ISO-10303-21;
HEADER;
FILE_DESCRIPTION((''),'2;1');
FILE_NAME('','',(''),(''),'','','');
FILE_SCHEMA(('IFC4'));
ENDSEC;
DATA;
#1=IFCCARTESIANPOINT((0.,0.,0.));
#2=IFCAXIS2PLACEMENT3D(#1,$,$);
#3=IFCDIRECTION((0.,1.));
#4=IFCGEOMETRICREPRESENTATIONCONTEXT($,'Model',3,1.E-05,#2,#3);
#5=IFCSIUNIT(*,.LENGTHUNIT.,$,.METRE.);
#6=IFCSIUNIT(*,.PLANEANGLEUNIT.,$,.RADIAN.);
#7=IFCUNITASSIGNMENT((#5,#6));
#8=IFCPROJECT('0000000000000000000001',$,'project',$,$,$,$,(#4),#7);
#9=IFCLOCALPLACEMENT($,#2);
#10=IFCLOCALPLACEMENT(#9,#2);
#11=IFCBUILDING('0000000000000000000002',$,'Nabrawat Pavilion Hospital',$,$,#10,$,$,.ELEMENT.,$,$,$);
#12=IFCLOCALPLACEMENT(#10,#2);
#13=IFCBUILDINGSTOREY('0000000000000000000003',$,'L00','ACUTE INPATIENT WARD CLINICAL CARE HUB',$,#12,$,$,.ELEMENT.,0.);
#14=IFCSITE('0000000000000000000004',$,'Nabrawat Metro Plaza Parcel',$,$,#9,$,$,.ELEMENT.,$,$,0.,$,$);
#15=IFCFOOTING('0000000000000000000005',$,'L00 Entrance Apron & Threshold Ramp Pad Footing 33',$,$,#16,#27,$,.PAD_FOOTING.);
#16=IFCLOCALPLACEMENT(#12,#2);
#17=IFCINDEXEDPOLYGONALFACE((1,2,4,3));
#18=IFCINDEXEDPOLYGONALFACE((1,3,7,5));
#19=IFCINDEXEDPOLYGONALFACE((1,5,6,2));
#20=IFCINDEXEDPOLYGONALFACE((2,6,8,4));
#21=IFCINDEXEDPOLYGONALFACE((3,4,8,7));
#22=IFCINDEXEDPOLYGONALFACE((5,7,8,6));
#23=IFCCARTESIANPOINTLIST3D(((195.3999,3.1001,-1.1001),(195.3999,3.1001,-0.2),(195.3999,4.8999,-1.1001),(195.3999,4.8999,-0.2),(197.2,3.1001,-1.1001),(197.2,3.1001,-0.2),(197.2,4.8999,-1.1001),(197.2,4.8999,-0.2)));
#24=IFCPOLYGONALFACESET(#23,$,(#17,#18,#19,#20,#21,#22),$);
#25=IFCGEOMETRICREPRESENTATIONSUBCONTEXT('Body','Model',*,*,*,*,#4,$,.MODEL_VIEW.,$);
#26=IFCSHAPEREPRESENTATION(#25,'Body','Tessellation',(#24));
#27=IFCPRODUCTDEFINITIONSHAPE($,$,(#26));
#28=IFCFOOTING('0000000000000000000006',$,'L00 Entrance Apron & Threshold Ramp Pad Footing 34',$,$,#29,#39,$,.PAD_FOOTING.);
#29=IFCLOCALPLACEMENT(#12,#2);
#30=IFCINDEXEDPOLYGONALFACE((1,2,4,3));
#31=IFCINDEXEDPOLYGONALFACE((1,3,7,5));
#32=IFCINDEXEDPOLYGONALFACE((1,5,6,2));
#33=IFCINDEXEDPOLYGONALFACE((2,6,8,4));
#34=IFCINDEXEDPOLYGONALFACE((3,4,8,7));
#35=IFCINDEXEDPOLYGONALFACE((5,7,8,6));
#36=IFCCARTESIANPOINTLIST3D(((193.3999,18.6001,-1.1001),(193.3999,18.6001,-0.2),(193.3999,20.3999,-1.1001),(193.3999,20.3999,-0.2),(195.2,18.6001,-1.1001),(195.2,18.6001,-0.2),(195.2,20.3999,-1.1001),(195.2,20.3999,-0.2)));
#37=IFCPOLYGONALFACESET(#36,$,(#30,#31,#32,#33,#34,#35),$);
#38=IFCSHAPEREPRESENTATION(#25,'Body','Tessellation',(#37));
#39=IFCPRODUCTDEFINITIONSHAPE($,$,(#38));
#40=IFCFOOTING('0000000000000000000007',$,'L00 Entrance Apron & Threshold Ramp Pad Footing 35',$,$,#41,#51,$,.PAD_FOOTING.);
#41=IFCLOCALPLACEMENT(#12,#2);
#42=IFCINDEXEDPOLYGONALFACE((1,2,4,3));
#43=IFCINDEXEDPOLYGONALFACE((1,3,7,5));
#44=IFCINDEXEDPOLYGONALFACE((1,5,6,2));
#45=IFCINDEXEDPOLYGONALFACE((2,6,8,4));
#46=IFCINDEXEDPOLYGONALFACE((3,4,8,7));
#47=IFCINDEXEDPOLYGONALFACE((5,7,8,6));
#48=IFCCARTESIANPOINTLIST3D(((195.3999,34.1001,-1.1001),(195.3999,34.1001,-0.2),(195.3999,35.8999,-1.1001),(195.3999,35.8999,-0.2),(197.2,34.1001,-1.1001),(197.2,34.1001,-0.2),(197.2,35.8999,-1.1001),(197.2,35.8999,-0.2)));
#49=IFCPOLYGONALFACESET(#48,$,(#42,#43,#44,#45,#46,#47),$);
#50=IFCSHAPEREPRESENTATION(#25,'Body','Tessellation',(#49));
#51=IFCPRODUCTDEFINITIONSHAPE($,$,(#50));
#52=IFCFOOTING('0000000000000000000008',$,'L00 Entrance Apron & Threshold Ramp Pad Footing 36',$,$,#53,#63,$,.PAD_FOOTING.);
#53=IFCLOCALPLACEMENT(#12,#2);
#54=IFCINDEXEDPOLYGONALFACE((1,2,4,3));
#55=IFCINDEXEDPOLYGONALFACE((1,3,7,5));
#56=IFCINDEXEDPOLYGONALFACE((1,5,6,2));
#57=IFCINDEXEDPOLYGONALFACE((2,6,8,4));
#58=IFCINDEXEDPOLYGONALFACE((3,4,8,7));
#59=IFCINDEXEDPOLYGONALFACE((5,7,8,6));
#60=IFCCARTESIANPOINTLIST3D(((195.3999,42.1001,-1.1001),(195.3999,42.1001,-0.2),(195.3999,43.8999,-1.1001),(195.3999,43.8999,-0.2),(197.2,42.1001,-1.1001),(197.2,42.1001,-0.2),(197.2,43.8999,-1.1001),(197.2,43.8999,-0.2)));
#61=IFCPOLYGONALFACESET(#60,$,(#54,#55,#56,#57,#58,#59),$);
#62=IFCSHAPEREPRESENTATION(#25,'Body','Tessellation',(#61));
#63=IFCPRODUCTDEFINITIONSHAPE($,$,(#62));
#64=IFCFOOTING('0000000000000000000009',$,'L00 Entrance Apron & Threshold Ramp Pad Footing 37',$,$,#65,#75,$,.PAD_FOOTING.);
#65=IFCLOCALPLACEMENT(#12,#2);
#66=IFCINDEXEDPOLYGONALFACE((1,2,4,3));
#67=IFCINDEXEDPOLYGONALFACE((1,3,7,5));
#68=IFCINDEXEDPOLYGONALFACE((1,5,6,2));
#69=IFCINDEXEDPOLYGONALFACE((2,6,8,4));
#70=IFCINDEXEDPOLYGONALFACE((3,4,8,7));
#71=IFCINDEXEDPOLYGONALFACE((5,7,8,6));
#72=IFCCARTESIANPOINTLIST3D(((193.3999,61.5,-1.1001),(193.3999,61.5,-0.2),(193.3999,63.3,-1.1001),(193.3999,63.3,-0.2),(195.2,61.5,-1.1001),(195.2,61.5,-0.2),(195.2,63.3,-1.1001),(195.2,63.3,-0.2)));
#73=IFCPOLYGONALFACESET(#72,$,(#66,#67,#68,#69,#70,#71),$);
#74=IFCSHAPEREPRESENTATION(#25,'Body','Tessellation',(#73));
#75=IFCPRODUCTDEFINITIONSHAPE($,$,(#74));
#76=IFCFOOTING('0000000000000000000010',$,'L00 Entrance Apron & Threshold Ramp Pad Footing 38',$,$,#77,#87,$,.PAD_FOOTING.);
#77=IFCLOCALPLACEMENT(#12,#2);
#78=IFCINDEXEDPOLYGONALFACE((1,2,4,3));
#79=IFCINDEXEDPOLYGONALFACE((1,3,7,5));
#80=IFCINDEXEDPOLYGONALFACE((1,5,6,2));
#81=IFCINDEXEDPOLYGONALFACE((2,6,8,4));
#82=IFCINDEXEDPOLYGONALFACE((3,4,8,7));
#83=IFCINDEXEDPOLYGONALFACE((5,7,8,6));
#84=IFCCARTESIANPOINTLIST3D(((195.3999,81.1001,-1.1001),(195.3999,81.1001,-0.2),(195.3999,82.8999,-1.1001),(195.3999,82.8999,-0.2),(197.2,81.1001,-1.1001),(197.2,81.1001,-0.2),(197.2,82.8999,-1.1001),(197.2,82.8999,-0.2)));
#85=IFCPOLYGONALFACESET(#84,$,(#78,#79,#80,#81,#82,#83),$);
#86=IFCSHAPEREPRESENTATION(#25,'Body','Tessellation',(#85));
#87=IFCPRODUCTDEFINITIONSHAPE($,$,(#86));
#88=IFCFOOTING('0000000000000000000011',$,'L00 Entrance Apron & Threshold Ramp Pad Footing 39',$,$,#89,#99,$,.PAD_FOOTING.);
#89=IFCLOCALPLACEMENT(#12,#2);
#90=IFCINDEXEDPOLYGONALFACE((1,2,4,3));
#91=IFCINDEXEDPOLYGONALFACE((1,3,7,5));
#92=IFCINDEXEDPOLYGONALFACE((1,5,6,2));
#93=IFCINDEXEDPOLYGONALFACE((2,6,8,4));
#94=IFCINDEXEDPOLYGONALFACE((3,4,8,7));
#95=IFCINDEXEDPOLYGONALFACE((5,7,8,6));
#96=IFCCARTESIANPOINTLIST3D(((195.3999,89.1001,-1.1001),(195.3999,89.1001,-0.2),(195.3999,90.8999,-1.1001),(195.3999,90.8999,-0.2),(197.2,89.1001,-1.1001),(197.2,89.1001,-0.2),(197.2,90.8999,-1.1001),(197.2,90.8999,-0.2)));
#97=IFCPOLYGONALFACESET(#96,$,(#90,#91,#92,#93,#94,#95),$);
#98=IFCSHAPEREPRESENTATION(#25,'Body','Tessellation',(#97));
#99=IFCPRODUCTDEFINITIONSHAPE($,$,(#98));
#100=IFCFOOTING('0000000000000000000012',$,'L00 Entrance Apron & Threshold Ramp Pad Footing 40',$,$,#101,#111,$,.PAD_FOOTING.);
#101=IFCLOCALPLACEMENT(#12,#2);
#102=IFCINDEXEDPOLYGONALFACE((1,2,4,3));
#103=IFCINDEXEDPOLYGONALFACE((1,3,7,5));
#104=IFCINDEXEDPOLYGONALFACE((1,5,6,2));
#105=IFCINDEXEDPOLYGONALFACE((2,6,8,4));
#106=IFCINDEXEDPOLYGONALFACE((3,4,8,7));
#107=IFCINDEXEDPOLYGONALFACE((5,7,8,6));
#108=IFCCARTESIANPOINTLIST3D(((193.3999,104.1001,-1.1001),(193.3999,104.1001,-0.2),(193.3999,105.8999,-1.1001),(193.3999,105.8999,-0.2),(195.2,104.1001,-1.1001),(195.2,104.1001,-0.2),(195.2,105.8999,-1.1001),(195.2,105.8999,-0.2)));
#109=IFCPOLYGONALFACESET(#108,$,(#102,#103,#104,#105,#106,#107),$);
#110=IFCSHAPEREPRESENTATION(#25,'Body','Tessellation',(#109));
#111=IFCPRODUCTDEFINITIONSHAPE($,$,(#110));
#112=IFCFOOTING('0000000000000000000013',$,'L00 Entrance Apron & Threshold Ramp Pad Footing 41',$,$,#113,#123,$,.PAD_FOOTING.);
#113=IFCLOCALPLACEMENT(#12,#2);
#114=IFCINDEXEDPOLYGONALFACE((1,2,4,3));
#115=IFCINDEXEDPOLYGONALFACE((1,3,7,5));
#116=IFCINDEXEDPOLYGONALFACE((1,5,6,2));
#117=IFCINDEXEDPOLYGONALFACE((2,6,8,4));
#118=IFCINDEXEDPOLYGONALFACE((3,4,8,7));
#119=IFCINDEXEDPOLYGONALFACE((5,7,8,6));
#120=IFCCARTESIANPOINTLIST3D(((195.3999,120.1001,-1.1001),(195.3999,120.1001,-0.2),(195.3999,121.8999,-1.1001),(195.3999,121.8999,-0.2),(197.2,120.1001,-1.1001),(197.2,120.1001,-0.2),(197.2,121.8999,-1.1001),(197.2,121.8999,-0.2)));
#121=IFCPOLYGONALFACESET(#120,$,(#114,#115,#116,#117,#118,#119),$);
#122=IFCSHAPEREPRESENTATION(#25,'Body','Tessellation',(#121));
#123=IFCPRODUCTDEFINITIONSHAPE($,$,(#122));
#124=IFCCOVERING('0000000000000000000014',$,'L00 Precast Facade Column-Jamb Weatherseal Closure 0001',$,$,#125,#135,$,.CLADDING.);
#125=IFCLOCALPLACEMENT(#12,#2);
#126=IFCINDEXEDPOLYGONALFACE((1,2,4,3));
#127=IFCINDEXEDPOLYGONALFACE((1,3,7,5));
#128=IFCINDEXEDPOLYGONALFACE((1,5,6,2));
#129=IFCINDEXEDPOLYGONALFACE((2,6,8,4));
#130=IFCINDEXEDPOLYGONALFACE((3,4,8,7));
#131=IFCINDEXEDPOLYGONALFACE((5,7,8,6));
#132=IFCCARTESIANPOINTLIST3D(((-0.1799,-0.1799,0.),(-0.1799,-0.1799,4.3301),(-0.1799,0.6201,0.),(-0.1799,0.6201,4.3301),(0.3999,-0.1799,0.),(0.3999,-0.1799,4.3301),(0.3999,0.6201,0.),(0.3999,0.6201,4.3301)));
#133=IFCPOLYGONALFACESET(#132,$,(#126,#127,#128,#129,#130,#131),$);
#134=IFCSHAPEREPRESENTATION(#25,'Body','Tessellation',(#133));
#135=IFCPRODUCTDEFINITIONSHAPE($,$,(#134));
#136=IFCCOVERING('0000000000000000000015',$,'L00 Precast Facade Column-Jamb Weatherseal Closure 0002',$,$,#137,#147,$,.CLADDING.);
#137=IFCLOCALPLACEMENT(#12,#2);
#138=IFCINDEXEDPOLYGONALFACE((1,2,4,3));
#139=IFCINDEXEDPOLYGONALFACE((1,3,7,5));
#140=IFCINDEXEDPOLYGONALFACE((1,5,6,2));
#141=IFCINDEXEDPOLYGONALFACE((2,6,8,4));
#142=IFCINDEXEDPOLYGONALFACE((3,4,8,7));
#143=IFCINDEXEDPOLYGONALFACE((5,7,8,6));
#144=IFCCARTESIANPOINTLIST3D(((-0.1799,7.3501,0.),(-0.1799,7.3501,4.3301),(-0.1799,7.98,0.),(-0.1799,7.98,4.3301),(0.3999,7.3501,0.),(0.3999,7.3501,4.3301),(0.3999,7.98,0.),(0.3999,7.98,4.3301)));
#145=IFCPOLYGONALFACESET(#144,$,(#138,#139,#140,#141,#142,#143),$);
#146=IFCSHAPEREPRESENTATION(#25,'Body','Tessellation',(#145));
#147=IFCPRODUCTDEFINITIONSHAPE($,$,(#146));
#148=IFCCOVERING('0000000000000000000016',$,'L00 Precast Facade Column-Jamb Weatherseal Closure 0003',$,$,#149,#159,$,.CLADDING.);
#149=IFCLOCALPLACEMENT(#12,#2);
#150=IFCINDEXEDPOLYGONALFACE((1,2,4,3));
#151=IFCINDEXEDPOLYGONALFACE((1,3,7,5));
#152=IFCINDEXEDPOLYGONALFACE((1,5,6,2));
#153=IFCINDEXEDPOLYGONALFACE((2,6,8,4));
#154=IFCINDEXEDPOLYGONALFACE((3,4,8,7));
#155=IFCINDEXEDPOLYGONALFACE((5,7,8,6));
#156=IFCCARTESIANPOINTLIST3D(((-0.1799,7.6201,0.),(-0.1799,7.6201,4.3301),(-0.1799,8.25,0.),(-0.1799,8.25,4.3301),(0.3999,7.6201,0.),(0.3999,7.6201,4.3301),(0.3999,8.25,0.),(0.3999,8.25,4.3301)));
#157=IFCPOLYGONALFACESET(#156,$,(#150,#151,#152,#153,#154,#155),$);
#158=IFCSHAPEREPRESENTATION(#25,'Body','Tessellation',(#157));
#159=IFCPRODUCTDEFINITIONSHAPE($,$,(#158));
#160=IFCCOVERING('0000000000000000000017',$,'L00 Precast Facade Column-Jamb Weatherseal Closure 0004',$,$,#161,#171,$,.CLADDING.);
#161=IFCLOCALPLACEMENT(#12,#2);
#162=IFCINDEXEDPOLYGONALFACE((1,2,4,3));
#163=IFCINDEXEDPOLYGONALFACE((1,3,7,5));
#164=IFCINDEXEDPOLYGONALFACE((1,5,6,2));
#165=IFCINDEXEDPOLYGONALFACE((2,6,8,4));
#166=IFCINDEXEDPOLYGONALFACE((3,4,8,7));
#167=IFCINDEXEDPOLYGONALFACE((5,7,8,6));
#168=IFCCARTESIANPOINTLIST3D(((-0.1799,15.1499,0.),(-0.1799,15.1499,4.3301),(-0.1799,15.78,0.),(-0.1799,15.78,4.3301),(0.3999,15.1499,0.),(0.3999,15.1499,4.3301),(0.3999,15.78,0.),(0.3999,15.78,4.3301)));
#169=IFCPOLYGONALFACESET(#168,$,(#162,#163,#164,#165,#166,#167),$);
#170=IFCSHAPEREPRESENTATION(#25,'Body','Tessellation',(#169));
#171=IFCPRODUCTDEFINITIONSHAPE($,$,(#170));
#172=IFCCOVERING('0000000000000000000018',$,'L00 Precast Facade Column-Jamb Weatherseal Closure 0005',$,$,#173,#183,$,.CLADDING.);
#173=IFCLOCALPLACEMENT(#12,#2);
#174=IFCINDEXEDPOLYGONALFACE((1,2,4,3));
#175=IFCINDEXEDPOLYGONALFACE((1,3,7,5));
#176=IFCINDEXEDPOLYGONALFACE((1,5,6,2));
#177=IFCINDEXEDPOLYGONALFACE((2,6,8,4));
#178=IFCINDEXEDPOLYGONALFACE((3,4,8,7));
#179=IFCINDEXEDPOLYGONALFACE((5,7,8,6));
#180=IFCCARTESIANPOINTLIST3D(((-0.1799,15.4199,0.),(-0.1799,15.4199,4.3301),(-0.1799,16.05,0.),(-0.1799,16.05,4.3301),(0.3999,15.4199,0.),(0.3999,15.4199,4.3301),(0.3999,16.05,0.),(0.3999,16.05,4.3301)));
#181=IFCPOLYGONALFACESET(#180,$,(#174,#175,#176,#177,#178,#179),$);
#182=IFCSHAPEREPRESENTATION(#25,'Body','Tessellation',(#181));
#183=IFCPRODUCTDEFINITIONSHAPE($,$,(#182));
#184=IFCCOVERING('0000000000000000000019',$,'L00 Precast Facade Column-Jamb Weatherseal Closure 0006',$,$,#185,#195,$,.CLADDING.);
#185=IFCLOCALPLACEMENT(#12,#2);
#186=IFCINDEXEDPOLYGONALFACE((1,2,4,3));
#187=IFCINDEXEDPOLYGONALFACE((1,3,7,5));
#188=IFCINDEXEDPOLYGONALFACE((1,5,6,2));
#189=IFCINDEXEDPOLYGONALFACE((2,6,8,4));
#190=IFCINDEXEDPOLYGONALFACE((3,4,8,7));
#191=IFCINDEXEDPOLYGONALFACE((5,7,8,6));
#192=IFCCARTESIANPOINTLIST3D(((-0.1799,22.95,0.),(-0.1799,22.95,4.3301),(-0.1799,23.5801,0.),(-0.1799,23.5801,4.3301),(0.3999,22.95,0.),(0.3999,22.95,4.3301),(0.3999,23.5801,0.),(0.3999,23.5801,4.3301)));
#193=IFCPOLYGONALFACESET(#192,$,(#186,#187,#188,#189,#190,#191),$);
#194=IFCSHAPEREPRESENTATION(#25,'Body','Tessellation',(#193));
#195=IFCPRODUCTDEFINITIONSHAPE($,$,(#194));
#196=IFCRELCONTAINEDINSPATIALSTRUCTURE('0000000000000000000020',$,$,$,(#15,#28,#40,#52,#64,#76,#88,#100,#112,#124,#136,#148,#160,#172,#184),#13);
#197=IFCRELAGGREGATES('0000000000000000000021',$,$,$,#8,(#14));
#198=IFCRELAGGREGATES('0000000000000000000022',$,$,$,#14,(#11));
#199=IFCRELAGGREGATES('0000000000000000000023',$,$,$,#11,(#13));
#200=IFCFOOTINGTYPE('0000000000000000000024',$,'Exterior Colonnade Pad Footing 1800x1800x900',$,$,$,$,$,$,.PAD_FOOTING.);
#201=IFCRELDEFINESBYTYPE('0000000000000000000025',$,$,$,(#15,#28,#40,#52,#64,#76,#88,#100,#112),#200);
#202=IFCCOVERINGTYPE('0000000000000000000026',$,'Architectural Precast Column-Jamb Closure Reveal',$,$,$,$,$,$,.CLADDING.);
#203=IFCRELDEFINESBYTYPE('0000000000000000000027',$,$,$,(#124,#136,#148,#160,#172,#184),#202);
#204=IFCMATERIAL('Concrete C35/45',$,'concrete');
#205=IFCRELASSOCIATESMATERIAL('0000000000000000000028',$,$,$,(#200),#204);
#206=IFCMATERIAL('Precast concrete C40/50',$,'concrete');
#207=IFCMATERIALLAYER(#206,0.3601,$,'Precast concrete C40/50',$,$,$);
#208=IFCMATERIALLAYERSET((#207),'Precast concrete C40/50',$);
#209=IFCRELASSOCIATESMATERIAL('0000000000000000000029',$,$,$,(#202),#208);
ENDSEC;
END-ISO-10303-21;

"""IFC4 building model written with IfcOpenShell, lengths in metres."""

from ifc_helpers import new_model, si_unit, direction, frame, origin, place, context, subcontext, project, spatial, polyline, outline, extrude, material, layer, layer_set, type_object, element, save


model = new_model("IFC4")

# Units and contexts
model_context = context("Model", 3, precision=1e-05, world=origin(), true_north=direction((0.0, 1.0)))
body_context = subcontext(model_context, "Body", "Model", "MODEL_VIEW")
ifc_project = project(units=[si_unit("LENGTHUNIT", "METRE"), si_unit("PLANEANGLEUNIT", "RADIAN")], contexts=[model_context])

# Site, building, storey
site_placement = place(None, origin())
site = spatial("IfcSite", under=ifc_project, at=site_placement, Name="Nabrawat Metro Plaza Parcel", CompositionType="ELEMENT", RefElevation=0.0)
building_placement = place(site_placement, origin())
building = spatial("IfcBuilding", under=site, at=building_placement, Name="Nabrawat Pavilion Hospital", CompositionType="ELEMENT")
storey_placement = place(building_placement, origin())
storey = spatial("IfcBuildingStorey", under=building, at=storey_placement, Name="L00", Description="ACUTE INPATIENT WARD CLINICAL CARE HUB", CompositionType="ELEMENT", Elevation=0.0)

# Footings
ifc_material_1 = material(Name="Concrete C35/45", Category="concrete")
footing_type = type_object("IfcFootingType", Name="Exterior Colonnade Pad Footing 1800x1800x900", PredefinedType="PAD_FOOTING", material=ifc_material_1)
footing_1_placement = place(storey_placement, frame((0.0, 0.0, -1.1001)))
element("IfcFooting", 1, at=footing_1_placement, inside=storey, type_object=footing_type, Name="L00 Entrance Apron & Threshold Ramp Pad Footing 33", PredefinedType="PAD_FOOTING", context=body_context, shape_type="SweptSolid", body=[
    extrude(outline(polyline([(197.2, 3.1001), (197.2, 4.8999), (195.3999, 4.8999), (195.3999, 3.1001), (197.2, 3.1001)])), origin(), (0.0, 0.0, 1.0), 0.9001),
])
footing_2_placement = place(storey_placement, frame((0.0, 0.0, -1.1001)))
element("IfcFooting", 2, at=footing_2_placement, inside=storey, type_object=footing_type, Name="L00 Entrance Apron & Threshold Ramp Pad Footing 34", PredefinedType="PAD_FOOTING", context=body_context, shape_type="SweptSolid", body=[
    extrude(outline(polyline([(195.2, 18.6001), (195.2, 20.3999), (193.3999, 20.3999), (193.3999, 18.6001), (195.2, 18.6001)])), origin(), (0.0, 0.0, 1.0), 0.9001),
])
footing_3_placement = place(storey_placement, frame((0.0, 0.0, -1.1001)))
element("IfcFooting", 3, at=footing_3_placement, inside=storey, type_object=footing_type, Name="L00 Entrance Apron & Threshold Ramp Pad Footing 35", PredefinedType="PAD_FOOTING", context=body_context, shape_type="SweptSolid", body=[
    extrude(outline(polyline([(197.2, 34.1001), (197.2, 35.8999), (195.3999, 35.8999), (195.3999, 34.1001), (197.2, 34.1001)])), origin(), (0.0, 0.0, 1.0), 0.9001),
])
footing_4_placement = place(storey_placement, frame((0.0, 0.0, -1.1001)))
element("IfcFooting", 4, at=footing_4_placement, inside=storey, type_object=footing_type, Name="L00 Entrance Apron & Threshold Ramp Pad Footing 36", PredefinedType="PAD_FOOTING", context=body_context, shape_type="SweptSolid", body=[
    extrude(outline(polyline([(197.2, 42.1001), (197.2, 43.8999), (195.3999, 43.8999), (195.3999, 42.1001), (197.2, 42.1001)])), origin(), (0.0, 0.0, 1.0), 0.9001),
])
footing_5_placement = place(storey_placement, frame((0.0, 0.0, -1.1001)))
element("IfcFooting", 5, at=footing_5_placement, inside=storey, type_object=footing_type, Name="L00 Entrance Apron & Threshold Ramp Pad Footing 37", PredefinedType="PAD_FOOTING", context=body_context, shape_type="SweptSolid", body=[
    extrude(outline(polyline([(195.2, 61.5), (195.2, 63.3), (193.3999, 63.3), (193.3999, 61.5), (195.2, 61.5)])), origin(), (0.0, 0.0, 1.0), 0.9001),
])
footing_6_placement = place(storey_placement, frame((0.0, 0.0, -1.1001)))
element("IfcFooting", 6, at=footing_6_placement, inside=storey, type_object=footing_type, Name="L00 Entrance Apron & Threshold Ramp Pad Footing 38", PredefinedType="PAD_FOOTING", context=body_context, shape_type="SweptSolid", body=[
    extrude(outline(polyline([(197.2, 81.1001), (197.2, 82.8999), (195.3999, 82.8999), (195.3999, 81.1001), (197.2, 81.1001)])), origin(), (0.0, 0.0, 1.0), 0.9001),
])
footing_7_placement = place(storey_placement, frame((0.0, 0.0, -1.1001)))
element("IfcFooting", 7, at=footing_7_placement, inside=storey, type_object=footing_type, Name="L00 Entrance Apron & Threshold Ramp Pad Footing 39", PredefinedType="PAD_FOOTING", context=body_context, shape_type="SweptSolid", body=[
    extrude(outline(polyline([(197.2, 89.1001), (197.2, 90.8999), (195.3999, 90.8999), (195.3999, 89.1001), (197.2, 89.1001)])), origin(), (0.0, 0.0, 1.0), 0.9001),
])
footing_8_placement = place(storey_placement, frame((0.0, 0.0, -1.1001)))
element("IfcFooting", 8, at=footing_8_placement, inside=storey, type_object=footing_type, Name="L00 Entrance Apron & Threshold Ramp Pad Footing 40", PredefinedType="PAD_FOOTING", context=body_context, shape_type="SweptSolid", body=[
    extrude(outline(polyline([(195.2, 104.1001), (195.2, 105.8999), (193.3999, 105.8999), (193.3999, 104.1001), (195.2, 104.1001)])), origin(), (0.0, 0.0, 1.0), 0.9001),
])
footing_9_placement = place(storey_placement, frame((0.0, 0.0, -1.1001)))
element("IfcFooting", 9, at=footing_9_placement, inside=storey, type_object=footing_type, Name="L00 Entrance Apron & Threshold Ramp Pad Footing 41", PredefinedType="PAD_FOOTING", context=body_context, shape_type="SweptSolid", body=[
    extrude(outline(polyline([(197.2, 120.1001), (197.2, 121.8999), (195.3999, 121.8999), (195.3999, 120.1001), (197.2, 120.1001)])), origin(), (0.0, 0.0, 1.0), 0.9001),
])

# Coverings
ifc_material_2 = material(Name="Precast concrete C40/50", Category="concrete")
ifc_layer = layer(ifc_material_2, 0.3601, Name="Precast concrete C40/50")
ifc_layer_set = layer_set([ifc_layer], Name="Precast concrete C40/50")
covering_type = type_object("IfcCoveringType", Name="Architectural Precast Column-Jamb Closure Reveal", PredefinedType="CLADDING", material=ifc_layer_set)
covering_1_placement = place(storey_placement, origin())
element("IfcCovering", 10, at=covering_1_placement, inside=storey, type_object=covering_type, Name="L00 Precast Facade Column-Jamb Weatherseal Closure 0001", PredefinedType="CLADDING", context=body_context, shape_type="SweptSolid", body=[
    extrude(outline(polyline([(0.3999, -0.1799), (0.3999, 0.6201), (-0.1799, 0.6201), (-0.1799, -0.1799), (0.3999, -0.1799)])), origin(), (0.0, 0.0, 1.0), 4.3301),
])
covering_2_placement = place(storey_placement, origin())
element("IfcCovering", 11, at=covering_2_placement, inside=storey, type_object=covering_type, Name="L00 Precast Facade Column-Jamb Weatherseal Closure 0002", PredefinedType="CLADDING", context=body_context, shape_type="SweptSolid", body=[
    extrude(outline(polyline([(0.3999, 7.3501), (0.3999, 7.98), (-0.1799, 7.98), (-0.1799, 7.3501), (0.3999, 7.3501)])), origin(), (0.0, 0.0, 1.0), 4.3301),
])
covering_3_placement = place(storey_placement, origin())
element("IfcCovering", 12, at=covering_3_placement, inside=storey, type_object=covering_type, Name="L00 Precast Facade Column-Jamb Weatherseal Closure 0003", PredefinedType="CLADDING", context=body_context, shape_type="SweptSolid", body=[
    extrude(outline(polyline([(0.3999, 7.6201), (0.3999, 8.25), (-0.1799, 8.25), (-0.1799, 7.6201), (0.3999, 7.6201)])), origin(), (0.0, 0.0, 1.0), 4.3301),
])
covering_4_placement = place(storey_placement, origin())
element("IfcCovering", 13, at=covering_4_placement, inside=storey, type_object=covering_type, Name="L00 Precast Facade Column-Jamb Weatherseal Closure 0004", PredefinedType="CLADDING", context=body_context, shape_type="SweptSolid", body=[
    extrude(outline(polyline([(0.3999, 15.1499), (0.3999, 15.78), (-0.1799, 15.78), (-0.1799, 15.1499), (0.3999, 15.1499)])), origin(), (0.0, 0.0, 1.0), 4.3301),
])
covering_5_placement = place(storey_placement, origin())
element("IfcCovering", 14, at=covering_5_placement, inside=storey, type_object=covering_type, Name="L00 Precast Facade Column-Jamb Weatherseal Closure 0005", PredefinedType="CLADDING", context=body_context, shape_type="SweptSolid", body=[
    extrude(outline(polyline([(0.3999, 15.4199), (0.3999, 16.05), (-0.1799, 16.05), (-0.1799, 15.4199), (0.3999, 15.4199)])), origin(), (0.0, 0.0, 1.0), 4.3301),
])
covering_6_placement = place(storey_placement, origin())
element("IfcCovering", 15, at=covering_6_placement, inside=storey, type_object=covering_type, Name="L00 Precast Facade Column-Jamb Weatherseal Closure 0006", PredefinedType="CLADDING", context=body_context, shape_type="SweptSolid", body=[
    extrude(outline(polyline([(0.3999, 22.95), (0.3999, 23.5801), (-0.1799, 23.5801), (-0.1799, 22.95), (0.3999, 22.95)])), origin(), (0.0, 0.0, 1.0), 4.3301),
])

save(model, "model.ifc")
